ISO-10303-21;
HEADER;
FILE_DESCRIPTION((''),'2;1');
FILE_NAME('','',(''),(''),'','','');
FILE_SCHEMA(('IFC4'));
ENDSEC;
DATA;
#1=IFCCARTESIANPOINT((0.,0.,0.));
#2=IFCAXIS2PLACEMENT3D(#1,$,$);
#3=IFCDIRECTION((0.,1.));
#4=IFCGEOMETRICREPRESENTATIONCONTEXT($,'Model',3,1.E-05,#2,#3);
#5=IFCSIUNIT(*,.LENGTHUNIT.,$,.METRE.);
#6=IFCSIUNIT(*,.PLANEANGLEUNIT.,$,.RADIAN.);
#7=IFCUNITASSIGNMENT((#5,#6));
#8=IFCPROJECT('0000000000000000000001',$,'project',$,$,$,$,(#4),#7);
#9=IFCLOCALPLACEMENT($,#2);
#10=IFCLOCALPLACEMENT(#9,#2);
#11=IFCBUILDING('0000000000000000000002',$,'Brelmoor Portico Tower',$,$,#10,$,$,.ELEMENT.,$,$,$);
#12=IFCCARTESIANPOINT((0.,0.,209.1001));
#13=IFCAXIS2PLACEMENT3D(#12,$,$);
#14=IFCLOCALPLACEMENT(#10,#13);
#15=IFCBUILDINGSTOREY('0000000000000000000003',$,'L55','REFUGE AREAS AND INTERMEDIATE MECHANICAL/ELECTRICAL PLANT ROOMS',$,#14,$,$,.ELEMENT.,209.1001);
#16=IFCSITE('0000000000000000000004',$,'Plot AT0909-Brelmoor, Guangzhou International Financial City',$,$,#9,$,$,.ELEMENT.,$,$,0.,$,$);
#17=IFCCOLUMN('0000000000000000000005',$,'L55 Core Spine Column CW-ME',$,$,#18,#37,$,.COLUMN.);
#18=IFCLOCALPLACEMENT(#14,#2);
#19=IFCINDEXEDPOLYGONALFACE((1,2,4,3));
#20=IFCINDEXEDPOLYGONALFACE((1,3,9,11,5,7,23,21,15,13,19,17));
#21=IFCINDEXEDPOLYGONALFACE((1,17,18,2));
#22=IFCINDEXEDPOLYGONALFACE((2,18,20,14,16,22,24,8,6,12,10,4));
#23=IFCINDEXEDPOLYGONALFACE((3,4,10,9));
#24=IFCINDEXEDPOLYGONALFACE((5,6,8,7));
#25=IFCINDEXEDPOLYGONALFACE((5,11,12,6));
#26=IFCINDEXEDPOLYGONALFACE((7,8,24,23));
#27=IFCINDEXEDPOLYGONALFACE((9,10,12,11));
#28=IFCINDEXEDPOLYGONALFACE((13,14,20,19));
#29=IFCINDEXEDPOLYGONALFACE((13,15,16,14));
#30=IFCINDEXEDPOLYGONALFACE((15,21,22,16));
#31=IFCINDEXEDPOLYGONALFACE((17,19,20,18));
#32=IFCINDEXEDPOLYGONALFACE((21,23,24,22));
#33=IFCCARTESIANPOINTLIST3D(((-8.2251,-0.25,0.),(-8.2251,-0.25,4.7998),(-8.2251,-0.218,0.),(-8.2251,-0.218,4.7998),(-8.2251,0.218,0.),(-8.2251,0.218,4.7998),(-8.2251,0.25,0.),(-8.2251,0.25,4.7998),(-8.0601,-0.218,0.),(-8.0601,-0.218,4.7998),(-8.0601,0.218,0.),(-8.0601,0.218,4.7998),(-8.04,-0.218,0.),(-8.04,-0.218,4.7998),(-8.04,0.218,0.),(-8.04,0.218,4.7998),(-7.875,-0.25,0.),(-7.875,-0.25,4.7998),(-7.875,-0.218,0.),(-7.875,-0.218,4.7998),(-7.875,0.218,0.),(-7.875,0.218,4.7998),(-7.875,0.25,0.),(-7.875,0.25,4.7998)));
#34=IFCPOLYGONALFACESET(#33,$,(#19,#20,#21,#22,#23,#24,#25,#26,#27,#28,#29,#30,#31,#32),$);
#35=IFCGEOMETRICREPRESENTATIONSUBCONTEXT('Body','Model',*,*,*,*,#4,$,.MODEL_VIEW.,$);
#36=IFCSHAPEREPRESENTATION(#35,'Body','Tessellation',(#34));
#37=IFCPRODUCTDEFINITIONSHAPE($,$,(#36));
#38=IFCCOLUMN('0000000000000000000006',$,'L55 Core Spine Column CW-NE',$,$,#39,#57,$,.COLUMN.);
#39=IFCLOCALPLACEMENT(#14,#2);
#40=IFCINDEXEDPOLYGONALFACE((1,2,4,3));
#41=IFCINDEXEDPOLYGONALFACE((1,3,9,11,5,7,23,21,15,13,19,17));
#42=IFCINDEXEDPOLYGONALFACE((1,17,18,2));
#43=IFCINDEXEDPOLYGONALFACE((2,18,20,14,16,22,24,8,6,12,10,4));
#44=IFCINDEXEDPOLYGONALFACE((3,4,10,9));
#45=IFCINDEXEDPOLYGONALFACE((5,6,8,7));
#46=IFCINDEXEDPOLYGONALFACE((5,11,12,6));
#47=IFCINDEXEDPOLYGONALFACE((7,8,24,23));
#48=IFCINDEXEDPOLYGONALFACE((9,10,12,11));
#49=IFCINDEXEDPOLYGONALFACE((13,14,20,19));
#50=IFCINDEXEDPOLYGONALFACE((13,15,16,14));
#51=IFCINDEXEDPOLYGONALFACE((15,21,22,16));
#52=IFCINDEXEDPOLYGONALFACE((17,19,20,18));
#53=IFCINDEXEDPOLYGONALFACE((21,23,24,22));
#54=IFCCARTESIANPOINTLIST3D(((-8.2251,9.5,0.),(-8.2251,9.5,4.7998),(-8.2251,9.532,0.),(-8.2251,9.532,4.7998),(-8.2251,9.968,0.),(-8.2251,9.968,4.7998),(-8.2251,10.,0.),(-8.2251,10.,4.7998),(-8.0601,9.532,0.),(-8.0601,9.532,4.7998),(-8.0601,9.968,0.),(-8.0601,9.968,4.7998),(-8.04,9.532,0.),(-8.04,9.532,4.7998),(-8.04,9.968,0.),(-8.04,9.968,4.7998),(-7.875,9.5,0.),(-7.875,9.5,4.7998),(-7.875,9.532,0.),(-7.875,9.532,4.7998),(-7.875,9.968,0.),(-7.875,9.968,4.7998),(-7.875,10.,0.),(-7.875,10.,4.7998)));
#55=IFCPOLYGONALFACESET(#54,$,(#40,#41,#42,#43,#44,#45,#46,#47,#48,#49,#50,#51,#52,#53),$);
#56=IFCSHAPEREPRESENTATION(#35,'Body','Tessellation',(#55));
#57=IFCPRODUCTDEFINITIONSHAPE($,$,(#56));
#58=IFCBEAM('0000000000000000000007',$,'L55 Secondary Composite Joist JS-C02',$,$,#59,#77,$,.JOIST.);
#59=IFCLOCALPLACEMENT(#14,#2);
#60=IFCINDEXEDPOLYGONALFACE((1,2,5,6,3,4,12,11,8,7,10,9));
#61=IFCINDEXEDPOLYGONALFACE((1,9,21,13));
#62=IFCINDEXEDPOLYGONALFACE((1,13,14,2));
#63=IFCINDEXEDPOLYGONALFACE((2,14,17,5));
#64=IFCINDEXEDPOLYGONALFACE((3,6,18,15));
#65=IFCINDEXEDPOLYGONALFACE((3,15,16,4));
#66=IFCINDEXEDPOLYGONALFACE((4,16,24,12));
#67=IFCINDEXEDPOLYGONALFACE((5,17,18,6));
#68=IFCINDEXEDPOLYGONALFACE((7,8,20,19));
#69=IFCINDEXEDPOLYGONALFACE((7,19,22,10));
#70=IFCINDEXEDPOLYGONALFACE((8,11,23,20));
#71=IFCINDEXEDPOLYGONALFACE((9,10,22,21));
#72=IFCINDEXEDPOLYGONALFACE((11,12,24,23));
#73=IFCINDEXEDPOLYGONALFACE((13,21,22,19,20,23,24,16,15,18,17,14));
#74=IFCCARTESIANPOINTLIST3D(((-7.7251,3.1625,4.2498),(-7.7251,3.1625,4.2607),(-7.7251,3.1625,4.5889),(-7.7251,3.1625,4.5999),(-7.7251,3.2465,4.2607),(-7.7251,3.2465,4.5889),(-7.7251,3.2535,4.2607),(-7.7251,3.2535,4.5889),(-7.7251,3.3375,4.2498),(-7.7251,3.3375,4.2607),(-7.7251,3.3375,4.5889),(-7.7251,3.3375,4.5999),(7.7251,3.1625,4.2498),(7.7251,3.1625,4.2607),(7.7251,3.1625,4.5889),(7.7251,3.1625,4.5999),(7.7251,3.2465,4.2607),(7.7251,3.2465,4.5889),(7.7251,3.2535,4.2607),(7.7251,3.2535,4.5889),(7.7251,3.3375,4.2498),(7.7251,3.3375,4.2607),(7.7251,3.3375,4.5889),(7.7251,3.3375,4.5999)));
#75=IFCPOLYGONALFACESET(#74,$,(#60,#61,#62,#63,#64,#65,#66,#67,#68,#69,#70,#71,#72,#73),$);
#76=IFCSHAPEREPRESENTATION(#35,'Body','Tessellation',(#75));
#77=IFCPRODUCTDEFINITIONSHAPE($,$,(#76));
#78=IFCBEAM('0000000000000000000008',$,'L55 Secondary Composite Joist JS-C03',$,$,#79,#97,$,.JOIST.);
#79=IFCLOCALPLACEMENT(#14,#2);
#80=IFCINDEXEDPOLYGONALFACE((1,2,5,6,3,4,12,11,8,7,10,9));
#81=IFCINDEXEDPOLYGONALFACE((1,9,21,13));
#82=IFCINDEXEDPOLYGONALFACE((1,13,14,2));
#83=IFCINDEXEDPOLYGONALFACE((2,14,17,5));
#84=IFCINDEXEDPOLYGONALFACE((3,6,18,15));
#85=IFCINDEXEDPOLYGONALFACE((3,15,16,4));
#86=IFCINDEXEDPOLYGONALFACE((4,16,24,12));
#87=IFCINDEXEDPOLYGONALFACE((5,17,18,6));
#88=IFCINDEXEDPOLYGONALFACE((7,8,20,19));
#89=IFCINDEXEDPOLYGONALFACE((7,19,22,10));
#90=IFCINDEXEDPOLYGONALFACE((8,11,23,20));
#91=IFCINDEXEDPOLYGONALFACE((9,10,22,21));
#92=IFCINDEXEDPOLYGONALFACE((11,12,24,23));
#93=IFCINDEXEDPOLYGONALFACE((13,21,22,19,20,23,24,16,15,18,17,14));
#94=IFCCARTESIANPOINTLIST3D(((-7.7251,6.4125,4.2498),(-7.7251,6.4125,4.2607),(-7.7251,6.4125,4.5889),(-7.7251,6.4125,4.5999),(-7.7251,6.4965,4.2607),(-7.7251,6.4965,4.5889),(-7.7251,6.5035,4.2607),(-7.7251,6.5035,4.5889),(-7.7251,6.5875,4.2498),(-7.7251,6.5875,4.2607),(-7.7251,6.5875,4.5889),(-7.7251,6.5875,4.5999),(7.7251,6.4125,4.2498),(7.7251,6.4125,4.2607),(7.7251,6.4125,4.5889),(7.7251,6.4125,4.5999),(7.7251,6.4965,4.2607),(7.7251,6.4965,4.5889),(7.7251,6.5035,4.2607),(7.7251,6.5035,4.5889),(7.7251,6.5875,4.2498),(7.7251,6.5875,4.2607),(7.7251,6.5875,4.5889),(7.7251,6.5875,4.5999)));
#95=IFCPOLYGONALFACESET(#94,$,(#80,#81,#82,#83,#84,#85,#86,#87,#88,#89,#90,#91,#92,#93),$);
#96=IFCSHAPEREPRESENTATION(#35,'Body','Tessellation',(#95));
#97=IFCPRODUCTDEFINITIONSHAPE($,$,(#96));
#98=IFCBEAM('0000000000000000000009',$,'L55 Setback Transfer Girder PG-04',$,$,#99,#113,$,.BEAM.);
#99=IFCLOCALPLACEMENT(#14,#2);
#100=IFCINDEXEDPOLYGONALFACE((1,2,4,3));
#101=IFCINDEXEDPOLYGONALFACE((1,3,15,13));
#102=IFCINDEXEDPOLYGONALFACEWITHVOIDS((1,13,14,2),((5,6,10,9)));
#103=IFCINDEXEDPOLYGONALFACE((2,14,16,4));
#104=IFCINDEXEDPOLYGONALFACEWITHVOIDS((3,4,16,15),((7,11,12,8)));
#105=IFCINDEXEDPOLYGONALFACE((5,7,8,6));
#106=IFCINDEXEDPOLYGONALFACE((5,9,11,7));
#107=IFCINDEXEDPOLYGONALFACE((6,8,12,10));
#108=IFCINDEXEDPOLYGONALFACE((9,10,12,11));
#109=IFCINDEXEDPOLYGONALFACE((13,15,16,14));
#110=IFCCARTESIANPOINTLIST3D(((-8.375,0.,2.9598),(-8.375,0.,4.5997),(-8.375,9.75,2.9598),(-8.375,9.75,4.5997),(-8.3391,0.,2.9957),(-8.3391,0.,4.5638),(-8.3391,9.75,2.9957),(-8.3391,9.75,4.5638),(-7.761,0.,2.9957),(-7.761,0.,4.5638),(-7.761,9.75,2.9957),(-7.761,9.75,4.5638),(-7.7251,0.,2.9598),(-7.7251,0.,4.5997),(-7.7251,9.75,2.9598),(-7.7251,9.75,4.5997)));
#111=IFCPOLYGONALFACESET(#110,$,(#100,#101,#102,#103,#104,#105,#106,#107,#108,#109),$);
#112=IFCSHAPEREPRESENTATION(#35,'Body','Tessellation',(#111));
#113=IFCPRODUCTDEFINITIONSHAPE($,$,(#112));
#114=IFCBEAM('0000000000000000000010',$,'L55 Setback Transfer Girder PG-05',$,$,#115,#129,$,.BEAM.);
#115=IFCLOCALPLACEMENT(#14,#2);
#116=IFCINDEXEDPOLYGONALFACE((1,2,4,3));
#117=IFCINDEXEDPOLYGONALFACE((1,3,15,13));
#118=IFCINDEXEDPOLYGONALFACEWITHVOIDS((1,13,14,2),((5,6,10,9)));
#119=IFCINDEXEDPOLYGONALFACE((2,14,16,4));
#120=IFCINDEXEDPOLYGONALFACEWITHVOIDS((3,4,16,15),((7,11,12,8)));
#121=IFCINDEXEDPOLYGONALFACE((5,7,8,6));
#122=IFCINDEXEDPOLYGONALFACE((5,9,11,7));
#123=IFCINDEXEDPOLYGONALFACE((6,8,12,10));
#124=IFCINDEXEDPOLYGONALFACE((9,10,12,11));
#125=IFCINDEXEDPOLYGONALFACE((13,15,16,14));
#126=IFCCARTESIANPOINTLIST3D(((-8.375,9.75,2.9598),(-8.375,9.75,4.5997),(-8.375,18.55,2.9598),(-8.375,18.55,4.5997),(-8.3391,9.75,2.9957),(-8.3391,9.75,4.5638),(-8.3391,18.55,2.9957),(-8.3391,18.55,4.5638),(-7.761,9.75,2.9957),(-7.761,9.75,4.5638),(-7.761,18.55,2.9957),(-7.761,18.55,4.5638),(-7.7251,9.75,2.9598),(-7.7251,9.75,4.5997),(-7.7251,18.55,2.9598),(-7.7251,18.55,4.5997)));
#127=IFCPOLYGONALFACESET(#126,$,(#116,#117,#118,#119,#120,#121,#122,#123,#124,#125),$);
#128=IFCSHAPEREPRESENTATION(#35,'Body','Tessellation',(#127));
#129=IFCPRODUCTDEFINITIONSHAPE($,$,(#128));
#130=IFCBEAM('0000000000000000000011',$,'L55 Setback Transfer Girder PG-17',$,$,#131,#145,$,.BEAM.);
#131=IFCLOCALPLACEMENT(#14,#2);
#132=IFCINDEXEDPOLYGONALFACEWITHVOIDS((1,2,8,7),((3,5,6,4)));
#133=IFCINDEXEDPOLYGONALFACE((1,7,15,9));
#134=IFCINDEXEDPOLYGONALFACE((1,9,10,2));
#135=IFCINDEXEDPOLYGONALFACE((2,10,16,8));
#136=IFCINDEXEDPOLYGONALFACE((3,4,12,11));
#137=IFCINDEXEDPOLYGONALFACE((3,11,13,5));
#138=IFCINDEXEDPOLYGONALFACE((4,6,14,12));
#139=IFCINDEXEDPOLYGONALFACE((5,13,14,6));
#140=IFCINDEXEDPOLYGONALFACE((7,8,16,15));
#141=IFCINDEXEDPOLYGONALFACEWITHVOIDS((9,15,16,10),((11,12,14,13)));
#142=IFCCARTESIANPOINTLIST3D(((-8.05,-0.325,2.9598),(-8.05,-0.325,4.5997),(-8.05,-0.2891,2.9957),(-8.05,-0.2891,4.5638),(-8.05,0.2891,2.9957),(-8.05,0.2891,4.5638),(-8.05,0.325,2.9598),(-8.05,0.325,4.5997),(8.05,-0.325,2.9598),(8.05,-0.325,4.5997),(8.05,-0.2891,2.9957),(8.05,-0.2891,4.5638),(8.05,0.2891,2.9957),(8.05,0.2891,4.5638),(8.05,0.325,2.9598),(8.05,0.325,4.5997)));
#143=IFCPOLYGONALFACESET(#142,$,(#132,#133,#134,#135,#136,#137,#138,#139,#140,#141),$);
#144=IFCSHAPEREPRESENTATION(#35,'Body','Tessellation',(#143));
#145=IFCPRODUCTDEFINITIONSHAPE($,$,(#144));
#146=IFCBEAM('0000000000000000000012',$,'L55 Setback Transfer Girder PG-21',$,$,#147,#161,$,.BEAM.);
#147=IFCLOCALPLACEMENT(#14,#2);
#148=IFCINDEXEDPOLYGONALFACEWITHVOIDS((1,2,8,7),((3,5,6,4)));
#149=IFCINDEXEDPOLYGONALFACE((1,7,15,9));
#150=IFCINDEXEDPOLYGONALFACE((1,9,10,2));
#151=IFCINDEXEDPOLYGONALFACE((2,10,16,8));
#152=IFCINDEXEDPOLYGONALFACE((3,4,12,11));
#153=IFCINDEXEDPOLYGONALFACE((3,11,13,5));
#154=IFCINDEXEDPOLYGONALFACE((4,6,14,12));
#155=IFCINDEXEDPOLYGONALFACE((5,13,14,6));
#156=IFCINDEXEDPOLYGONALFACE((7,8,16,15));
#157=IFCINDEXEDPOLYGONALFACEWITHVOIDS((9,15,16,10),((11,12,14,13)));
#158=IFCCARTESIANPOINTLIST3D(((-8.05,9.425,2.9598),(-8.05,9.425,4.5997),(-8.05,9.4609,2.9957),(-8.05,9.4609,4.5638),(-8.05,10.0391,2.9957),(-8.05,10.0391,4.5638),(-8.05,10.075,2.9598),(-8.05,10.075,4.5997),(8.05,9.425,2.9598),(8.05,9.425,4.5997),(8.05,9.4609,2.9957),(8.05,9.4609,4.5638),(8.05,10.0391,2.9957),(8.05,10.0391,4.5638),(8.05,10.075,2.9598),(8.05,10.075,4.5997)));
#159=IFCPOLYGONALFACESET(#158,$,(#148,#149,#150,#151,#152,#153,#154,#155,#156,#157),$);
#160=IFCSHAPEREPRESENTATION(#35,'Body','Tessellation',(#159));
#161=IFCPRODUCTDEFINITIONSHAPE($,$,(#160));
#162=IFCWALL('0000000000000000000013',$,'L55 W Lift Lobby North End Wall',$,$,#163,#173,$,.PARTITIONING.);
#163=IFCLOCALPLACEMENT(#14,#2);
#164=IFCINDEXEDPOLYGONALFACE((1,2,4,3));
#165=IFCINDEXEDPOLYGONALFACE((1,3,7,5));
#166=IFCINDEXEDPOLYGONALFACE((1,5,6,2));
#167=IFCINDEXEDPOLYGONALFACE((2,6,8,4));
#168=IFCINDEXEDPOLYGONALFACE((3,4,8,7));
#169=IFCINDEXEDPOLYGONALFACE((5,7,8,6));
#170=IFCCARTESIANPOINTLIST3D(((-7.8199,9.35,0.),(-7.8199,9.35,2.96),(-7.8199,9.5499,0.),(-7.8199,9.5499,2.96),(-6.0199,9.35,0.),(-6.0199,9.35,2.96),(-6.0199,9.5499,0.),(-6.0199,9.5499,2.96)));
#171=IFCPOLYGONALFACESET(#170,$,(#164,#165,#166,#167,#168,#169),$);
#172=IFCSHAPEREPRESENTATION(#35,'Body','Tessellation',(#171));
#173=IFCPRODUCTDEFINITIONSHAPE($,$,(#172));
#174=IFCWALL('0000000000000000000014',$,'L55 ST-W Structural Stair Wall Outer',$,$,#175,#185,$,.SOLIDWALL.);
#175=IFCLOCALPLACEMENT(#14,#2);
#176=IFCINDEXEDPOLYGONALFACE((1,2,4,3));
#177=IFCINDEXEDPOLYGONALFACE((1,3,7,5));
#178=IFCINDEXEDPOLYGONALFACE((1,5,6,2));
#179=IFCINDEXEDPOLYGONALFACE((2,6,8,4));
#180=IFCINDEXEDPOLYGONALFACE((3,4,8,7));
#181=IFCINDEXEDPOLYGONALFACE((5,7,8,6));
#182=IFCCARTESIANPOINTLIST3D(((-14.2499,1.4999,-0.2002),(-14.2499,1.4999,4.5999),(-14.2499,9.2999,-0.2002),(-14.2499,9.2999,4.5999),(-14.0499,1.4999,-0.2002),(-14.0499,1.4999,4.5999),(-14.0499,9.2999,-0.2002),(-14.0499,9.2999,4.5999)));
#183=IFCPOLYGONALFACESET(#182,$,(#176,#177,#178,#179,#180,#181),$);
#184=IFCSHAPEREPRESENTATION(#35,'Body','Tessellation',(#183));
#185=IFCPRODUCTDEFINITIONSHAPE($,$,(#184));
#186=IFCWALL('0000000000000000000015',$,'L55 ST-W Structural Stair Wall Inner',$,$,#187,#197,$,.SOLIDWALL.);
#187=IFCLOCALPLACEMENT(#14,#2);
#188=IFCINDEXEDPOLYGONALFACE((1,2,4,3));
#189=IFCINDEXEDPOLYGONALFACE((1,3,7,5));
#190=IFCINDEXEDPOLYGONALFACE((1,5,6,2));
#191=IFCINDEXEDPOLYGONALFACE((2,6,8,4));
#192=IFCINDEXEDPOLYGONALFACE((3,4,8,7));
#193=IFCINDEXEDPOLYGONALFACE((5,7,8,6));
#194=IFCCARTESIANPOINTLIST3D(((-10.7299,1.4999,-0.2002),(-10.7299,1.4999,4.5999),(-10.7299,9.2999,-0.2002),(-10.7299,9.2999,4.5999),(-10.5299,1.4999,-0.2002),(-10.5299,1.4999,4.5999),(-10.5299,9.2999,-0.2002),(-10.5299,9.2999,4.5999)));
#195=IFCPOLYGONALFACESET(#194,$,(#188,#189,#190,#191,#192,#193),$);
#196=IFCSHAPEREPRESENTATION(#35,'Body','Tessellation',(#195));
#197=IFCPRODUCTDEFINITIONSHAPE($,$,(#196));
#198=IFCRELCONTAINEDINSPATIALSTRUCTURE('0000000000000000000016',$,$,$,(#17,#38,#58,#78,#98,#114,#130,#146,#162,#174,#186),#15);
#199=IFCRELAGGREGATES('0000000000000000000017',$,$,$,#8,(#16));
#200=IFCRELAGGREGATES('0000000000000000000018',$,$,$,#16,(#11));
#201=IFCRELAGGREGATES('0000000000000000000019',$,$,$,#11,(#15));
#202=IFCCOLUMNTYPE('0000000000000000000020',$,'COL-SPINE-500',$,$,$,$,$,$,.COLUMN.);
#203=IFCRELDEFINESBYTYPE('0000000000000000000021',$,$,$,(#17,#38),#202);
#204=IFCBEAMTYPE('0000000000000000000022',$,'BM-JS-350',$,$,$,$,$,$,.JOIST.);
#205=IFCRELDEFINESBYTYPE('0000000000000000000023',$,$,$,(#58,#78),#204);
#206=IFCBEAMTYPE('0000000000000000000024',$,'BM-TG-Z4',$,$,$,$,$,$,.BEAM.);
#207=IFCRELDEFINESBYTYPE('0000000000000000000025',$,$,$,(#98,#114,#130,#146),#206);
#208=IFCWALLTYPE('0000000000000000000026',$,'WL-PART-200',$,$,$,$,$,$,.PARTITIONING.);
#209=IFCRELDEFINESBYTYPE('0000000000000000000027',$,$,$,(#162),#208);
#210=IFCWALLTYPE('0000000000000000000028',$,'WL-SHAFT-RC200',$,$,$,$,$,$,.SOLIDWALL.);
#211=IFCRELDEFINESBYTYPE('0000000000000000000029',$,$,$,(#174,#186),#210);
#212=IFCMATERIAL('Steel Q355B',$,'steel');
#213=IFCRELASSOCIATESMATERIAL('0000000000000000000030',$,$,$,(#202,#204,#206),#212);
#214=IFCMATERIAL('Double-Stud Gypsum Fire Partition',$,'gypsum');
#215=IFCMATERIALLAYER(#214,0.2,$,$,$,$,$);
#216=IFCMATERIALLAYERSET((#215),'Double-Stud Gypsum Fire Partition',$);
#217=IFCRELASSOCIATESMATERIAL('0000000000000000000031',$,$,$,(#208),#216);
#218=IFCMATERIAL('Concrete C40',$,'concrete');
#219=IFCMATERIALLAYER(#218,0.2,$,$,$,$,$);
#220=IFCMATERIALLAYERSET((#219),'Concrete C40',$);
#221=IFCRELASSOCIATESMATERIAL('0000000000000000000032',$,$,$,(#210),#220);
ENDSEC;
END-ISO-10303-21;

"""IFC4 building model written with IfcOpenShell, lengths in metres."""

from ifc_helpers import new_model, si_unit, direction, frame, frame_2d, origin, origin_2d, place, context, subcontext, project, spatial, rectangle, hollow_rectangle, i_section, extrude, material, layer, layer_set, material_profile, profile_set, type_object, element, save


model = new_model("IFC4")

# Units and contexts
model_context = context("Model", 3, precision=1e-05, world=origin(), true_north=direction((0.0, 1.0)))
body_context = subcontext(model_context, "Body", "Model", "MODEL_VIEW")
ifc_project = project(units=[si_unit("LENGTHUNIT", "METRE"), si_unit("PLANEANGLEUNIT", "RADIAN")], contexts=[model_context])

# Site, building, storey
site_placement = place(None, origin())
site = spatial("IfcSite", under=ifc_project, at=site_placement, Name="Plot AT0909-Brelmoor, Guangzhou International Financial City", CompositionType="ELEMENT", RefElevation=0.0)
building_placement = place(site_placement, origin())
building = spatial("IfcBuilding", under=site, at=building_placement, Name="Brelmoor Portico Tower", CompositionType="ELEMENT")
storey_placement = place(building_placement, frame((0.0, 0.0, 209.1001)))
storey = spatial("IfcBuildingStorey", under=building, at=storey_placement, Name="L55", Description="REFUGE AREAS AND INTERMEDIATE MECHANICAL/ELECTRICAL PLANT ROOMS", CompositionType="ELEMENT", Elevation=209.1001)

# Columns
ifc_material_1 = material(Name="Steel Q355B", Category="steel")
ifc_material_profile_1 = material_profile(ifc_material_1, i_section(OverallWidth=0.3501, OverallDepth=0.5, WebThickness=0.02, FlangeThickness=0.032, at=origin_2d()), Name="HW 500x350x20x32")
ifc_profile_set_1 = profile_set([ifc_material_profile_1], Name="Steel Q355B")
column_type = type_object("IfcColumnType", Name="COL-SPINE-500", PredefinedType="COLUMN", material=ifc_profile_set_1)
for number, where, z_axis, x_axis, name in (
    (1, (-8.05, 0.0, 0.0), (0.0, 0.0, 1.0), (1.0, 0.0, 0.0), "L55 Core Spine Column CW-ME"),
    (2, (-8.05, 9.75, 0.0), (0.0, 0.0, 1.0), (1.0, 0.0, 0.0), "L55 Core Spine Column CW-NE"),
):
    element("IfcColumn", number, at=place(storey_placement, frame(where, z_axis=z_axis, x_axis=x_axis)), inside=storey, type_object=column_type, Name=name, PredefinedType="COLUMN", context=body_context, shape_type="SweptSolid", body=[
        extrude(i_section(OverallWidth=0.3501, OverallDepth=0.5, WebThickness=0.02, FlangeThickness=0.032, at=origin_2d()), origin(), (0.0, 0.0, 1.0), 4.7998),
    ])

# Beams
ifc_material_profile_2 = material_profile(ifc_material_1, i_section(OverallWidth=0.175, OverallDepth=0.3501, WebThickness=0.0071, FlangeThickness=0.011, at=origin_2d()), Name="HN 350x175x7x11")
ifc_profile_set_2 = profile_set([ifc_material_profile_2], Name="Steel Q355B")
beam_type_1 = type_object("IfcBeamType", Name="BM-JS-350", PredefinedType="JOIST", material=ifc_profile_set_2)
for number, where, z_axis, x_axis, name in (
    (3, (-7.7251, 3.25, 4.4248), (1.0, 0.0, 0.0), (0.0, 1.0, 0.0), "L55 Secondary Composite Joist JS-C02"),
    (4, (-7.7251, 6.5, 4.4248), (1.0, 0.0, 0.0), (0.0, 1.0, 0.0), "L55 Secondary Composite Joist JS-C03"),
):
    element("IfcBeam", number, at=place(storey_placement, frame(where, z_axis=z_axis, x_axis=x_axis)), inside=storey, type_object=beam_type_1, Name=name, PredefinedType="JOIST", context=body_context, shape_type="SweptSolid", body=[
        extrude(i_section(OverallWidth=0.175, OverallDepth=0.3501, WebThickness=0.0071, FlangeThickness=0.011, at=origin_2d()), origin(), (0.0, 0.0, 1.0), 15.4502),
    ])
ifc_material_profile_3 = material_profile(ifc_material_1, hollow_rectangle(XDim=0.6499, YDim=1.6399, WallThickness=0.0359, at=origin_2d()), Name="BOX 650x1640x36")
ifc_profile_set_3 = profile_set([ifc_material_profile_3], Name="Steel Q355B")
beam_type_2 = type_object("IfcBeamType", Name="BM-TG-Z4", PredefinedType="BEAM", material=ifc_profile_set_3)
beam_1_placement = place(storey_placement, frame((-8.05, 0.0, 3.7798), z_axis=(0.0, 1.0, 0.0), x_axis=(-1.0, 0.0, 0.0)))
element("IfcBeam", 5, at=beam_1_placement, inside=storey, type_object=beam_type_2, Name="L55 Setback Transfer Girder PG-04", PredefinedType="BEAM", context=body_context, shape_type="SweptSolid", body=[
    extrude(hollow_rectangle(XDim=0.6499, YDim=1.6399, WallThickness=0.0359, at=origin_2d()), origin(), (0.0, 0.0, 1.0), 9.75),
])
beam_2_placement = place(storey_placement, frame((-8.05, 9.75, 3.7798), z_axis=(0.0, 1.0, 0.0), x_axis=(-1.0, 0.0, 0.0)))
element("IfcBeam", 6, at=beam_2_placement, inside=storey, type_object=beam_type_2, Name="L55 Setback Transfer Girder PG-05", PredefinedType="BEAM", context=body_context, shape_type="SweptSolid", body=[
    extrude(hollow_rectangle(XDim=0.6499, YDim=1.6399, WallThickness=0.0359, at=origin_2d()), origin(), (0.0, 0.0, 1.0), 8.8),
])
for number, where, z_axis, x_axis, name in (
    (7, (-8.05, 0.0, 3.7798), (1.0, 0.0, 0.0), (0.0, 1.0, 0.0), "L55 Setback Transfer Girder PG-17"),
    (8, (-8.05, 9.75, 3.7798), (1.0, 0.0, 0.0), (0.0, 1.0, 0.0), "L55 Setback Transfer Girder PG-21"),
):
    element("IfcBeam", number, at=place(storey_placement, frame(where, z_axis=z_axis, x_axis=x_axis)), inside=storey, type_object=beam_type_2, Name=name, PredefinedType="BEAM", context=body_context, shape_type="SweptSolid", body=[
        extrude(hollow_rectangle(XDim=0.6499, YDim=1.6399, WallThickness=0.0359, at=origin_2d()), origin(), (0.0, 0.0, 1.0), 16.1001),
    ])

# Wall
ifc_material_2 = material(Name="Double-Stud Gypsum Fire Partition", Category="gypsum")
ifc_layer_1 = layer(ifc_material_2, 0.2)
ifc_layer_set_1 = layer_set([ifc_layer_1], Name="Double-Stud Gypsum Fire Partition")
wall_type_1 = type_object("IfcWallType", Name="WL-PART-200", PredefinedType="PARTITIONING", material=ifc_layer_set_1)
wall_1_placement = place(storey_placement, frame((-6.02, 9.45, 0.0), z_axis=(0.0, 0.0, 1.0), x_axis=(-1.0, 0.0, 0.0)))
element("IfcWall", 9, at=wall_1_placement, inside=storey, type_object=wall_type_1, Name="L55 W Lift Lobby North End Wall", PredefinedType="PARTITIONING", context=body_context, shape_type="SweptSolid", body=[
    extrude(rectangle(XDim=1.8, YDim=0.2, at=frame_2d((0.8999, 0.0))), origin(), (0.0, 0.0, 1.0), 2.96),
])

# Walls
ifc_material_3 = material(Name="Concrete C40", Category="concrete")
ifc_layer_2 = layer(ifc_material_3, 0.2)
ifc_layer_set_2 = layer_set([ifc_layer_2], Name="Concrete C40")
wall_type_2 = type_object("IfcWallType", Name="WL-SHAFT-RC200", PredefinedType="SOLIDWALL", material=ifc_layer_set_2)
for number, where, z_axis, x_axis, name in (
    (10, (-14.1499, 1.5, -0.2002), (0.0, 0.0, 1.0), (0.0, 1.0, 0.0), "L55 ST-W Structural Stair Wall Outer"),
    (11, (-10.6299, 1.5, -0.2002), (0.0, 0.0, 1.0), (0.0, 1.0, 0.0), "L55 ST-W Structural Stair Wall Inner"),
):
    element("IfcWall", number, at=place(storey_placement, frame(where, z_axis=z_axis, x_axis=x_axis)), inside=storey, type_object=wall_type_2, Name=name, PredefinedType="SOLIDWALL", context=body_context, shape_type="SweptSolid", body=[
        extrude(rectangle(XDim=7.8, YDim=0.2, at=frame_2d((3.8999, 0.0))), origin(), (0.0, 0.0, 1.0), 4.8),
    ])

save(model, "model.ifc")
